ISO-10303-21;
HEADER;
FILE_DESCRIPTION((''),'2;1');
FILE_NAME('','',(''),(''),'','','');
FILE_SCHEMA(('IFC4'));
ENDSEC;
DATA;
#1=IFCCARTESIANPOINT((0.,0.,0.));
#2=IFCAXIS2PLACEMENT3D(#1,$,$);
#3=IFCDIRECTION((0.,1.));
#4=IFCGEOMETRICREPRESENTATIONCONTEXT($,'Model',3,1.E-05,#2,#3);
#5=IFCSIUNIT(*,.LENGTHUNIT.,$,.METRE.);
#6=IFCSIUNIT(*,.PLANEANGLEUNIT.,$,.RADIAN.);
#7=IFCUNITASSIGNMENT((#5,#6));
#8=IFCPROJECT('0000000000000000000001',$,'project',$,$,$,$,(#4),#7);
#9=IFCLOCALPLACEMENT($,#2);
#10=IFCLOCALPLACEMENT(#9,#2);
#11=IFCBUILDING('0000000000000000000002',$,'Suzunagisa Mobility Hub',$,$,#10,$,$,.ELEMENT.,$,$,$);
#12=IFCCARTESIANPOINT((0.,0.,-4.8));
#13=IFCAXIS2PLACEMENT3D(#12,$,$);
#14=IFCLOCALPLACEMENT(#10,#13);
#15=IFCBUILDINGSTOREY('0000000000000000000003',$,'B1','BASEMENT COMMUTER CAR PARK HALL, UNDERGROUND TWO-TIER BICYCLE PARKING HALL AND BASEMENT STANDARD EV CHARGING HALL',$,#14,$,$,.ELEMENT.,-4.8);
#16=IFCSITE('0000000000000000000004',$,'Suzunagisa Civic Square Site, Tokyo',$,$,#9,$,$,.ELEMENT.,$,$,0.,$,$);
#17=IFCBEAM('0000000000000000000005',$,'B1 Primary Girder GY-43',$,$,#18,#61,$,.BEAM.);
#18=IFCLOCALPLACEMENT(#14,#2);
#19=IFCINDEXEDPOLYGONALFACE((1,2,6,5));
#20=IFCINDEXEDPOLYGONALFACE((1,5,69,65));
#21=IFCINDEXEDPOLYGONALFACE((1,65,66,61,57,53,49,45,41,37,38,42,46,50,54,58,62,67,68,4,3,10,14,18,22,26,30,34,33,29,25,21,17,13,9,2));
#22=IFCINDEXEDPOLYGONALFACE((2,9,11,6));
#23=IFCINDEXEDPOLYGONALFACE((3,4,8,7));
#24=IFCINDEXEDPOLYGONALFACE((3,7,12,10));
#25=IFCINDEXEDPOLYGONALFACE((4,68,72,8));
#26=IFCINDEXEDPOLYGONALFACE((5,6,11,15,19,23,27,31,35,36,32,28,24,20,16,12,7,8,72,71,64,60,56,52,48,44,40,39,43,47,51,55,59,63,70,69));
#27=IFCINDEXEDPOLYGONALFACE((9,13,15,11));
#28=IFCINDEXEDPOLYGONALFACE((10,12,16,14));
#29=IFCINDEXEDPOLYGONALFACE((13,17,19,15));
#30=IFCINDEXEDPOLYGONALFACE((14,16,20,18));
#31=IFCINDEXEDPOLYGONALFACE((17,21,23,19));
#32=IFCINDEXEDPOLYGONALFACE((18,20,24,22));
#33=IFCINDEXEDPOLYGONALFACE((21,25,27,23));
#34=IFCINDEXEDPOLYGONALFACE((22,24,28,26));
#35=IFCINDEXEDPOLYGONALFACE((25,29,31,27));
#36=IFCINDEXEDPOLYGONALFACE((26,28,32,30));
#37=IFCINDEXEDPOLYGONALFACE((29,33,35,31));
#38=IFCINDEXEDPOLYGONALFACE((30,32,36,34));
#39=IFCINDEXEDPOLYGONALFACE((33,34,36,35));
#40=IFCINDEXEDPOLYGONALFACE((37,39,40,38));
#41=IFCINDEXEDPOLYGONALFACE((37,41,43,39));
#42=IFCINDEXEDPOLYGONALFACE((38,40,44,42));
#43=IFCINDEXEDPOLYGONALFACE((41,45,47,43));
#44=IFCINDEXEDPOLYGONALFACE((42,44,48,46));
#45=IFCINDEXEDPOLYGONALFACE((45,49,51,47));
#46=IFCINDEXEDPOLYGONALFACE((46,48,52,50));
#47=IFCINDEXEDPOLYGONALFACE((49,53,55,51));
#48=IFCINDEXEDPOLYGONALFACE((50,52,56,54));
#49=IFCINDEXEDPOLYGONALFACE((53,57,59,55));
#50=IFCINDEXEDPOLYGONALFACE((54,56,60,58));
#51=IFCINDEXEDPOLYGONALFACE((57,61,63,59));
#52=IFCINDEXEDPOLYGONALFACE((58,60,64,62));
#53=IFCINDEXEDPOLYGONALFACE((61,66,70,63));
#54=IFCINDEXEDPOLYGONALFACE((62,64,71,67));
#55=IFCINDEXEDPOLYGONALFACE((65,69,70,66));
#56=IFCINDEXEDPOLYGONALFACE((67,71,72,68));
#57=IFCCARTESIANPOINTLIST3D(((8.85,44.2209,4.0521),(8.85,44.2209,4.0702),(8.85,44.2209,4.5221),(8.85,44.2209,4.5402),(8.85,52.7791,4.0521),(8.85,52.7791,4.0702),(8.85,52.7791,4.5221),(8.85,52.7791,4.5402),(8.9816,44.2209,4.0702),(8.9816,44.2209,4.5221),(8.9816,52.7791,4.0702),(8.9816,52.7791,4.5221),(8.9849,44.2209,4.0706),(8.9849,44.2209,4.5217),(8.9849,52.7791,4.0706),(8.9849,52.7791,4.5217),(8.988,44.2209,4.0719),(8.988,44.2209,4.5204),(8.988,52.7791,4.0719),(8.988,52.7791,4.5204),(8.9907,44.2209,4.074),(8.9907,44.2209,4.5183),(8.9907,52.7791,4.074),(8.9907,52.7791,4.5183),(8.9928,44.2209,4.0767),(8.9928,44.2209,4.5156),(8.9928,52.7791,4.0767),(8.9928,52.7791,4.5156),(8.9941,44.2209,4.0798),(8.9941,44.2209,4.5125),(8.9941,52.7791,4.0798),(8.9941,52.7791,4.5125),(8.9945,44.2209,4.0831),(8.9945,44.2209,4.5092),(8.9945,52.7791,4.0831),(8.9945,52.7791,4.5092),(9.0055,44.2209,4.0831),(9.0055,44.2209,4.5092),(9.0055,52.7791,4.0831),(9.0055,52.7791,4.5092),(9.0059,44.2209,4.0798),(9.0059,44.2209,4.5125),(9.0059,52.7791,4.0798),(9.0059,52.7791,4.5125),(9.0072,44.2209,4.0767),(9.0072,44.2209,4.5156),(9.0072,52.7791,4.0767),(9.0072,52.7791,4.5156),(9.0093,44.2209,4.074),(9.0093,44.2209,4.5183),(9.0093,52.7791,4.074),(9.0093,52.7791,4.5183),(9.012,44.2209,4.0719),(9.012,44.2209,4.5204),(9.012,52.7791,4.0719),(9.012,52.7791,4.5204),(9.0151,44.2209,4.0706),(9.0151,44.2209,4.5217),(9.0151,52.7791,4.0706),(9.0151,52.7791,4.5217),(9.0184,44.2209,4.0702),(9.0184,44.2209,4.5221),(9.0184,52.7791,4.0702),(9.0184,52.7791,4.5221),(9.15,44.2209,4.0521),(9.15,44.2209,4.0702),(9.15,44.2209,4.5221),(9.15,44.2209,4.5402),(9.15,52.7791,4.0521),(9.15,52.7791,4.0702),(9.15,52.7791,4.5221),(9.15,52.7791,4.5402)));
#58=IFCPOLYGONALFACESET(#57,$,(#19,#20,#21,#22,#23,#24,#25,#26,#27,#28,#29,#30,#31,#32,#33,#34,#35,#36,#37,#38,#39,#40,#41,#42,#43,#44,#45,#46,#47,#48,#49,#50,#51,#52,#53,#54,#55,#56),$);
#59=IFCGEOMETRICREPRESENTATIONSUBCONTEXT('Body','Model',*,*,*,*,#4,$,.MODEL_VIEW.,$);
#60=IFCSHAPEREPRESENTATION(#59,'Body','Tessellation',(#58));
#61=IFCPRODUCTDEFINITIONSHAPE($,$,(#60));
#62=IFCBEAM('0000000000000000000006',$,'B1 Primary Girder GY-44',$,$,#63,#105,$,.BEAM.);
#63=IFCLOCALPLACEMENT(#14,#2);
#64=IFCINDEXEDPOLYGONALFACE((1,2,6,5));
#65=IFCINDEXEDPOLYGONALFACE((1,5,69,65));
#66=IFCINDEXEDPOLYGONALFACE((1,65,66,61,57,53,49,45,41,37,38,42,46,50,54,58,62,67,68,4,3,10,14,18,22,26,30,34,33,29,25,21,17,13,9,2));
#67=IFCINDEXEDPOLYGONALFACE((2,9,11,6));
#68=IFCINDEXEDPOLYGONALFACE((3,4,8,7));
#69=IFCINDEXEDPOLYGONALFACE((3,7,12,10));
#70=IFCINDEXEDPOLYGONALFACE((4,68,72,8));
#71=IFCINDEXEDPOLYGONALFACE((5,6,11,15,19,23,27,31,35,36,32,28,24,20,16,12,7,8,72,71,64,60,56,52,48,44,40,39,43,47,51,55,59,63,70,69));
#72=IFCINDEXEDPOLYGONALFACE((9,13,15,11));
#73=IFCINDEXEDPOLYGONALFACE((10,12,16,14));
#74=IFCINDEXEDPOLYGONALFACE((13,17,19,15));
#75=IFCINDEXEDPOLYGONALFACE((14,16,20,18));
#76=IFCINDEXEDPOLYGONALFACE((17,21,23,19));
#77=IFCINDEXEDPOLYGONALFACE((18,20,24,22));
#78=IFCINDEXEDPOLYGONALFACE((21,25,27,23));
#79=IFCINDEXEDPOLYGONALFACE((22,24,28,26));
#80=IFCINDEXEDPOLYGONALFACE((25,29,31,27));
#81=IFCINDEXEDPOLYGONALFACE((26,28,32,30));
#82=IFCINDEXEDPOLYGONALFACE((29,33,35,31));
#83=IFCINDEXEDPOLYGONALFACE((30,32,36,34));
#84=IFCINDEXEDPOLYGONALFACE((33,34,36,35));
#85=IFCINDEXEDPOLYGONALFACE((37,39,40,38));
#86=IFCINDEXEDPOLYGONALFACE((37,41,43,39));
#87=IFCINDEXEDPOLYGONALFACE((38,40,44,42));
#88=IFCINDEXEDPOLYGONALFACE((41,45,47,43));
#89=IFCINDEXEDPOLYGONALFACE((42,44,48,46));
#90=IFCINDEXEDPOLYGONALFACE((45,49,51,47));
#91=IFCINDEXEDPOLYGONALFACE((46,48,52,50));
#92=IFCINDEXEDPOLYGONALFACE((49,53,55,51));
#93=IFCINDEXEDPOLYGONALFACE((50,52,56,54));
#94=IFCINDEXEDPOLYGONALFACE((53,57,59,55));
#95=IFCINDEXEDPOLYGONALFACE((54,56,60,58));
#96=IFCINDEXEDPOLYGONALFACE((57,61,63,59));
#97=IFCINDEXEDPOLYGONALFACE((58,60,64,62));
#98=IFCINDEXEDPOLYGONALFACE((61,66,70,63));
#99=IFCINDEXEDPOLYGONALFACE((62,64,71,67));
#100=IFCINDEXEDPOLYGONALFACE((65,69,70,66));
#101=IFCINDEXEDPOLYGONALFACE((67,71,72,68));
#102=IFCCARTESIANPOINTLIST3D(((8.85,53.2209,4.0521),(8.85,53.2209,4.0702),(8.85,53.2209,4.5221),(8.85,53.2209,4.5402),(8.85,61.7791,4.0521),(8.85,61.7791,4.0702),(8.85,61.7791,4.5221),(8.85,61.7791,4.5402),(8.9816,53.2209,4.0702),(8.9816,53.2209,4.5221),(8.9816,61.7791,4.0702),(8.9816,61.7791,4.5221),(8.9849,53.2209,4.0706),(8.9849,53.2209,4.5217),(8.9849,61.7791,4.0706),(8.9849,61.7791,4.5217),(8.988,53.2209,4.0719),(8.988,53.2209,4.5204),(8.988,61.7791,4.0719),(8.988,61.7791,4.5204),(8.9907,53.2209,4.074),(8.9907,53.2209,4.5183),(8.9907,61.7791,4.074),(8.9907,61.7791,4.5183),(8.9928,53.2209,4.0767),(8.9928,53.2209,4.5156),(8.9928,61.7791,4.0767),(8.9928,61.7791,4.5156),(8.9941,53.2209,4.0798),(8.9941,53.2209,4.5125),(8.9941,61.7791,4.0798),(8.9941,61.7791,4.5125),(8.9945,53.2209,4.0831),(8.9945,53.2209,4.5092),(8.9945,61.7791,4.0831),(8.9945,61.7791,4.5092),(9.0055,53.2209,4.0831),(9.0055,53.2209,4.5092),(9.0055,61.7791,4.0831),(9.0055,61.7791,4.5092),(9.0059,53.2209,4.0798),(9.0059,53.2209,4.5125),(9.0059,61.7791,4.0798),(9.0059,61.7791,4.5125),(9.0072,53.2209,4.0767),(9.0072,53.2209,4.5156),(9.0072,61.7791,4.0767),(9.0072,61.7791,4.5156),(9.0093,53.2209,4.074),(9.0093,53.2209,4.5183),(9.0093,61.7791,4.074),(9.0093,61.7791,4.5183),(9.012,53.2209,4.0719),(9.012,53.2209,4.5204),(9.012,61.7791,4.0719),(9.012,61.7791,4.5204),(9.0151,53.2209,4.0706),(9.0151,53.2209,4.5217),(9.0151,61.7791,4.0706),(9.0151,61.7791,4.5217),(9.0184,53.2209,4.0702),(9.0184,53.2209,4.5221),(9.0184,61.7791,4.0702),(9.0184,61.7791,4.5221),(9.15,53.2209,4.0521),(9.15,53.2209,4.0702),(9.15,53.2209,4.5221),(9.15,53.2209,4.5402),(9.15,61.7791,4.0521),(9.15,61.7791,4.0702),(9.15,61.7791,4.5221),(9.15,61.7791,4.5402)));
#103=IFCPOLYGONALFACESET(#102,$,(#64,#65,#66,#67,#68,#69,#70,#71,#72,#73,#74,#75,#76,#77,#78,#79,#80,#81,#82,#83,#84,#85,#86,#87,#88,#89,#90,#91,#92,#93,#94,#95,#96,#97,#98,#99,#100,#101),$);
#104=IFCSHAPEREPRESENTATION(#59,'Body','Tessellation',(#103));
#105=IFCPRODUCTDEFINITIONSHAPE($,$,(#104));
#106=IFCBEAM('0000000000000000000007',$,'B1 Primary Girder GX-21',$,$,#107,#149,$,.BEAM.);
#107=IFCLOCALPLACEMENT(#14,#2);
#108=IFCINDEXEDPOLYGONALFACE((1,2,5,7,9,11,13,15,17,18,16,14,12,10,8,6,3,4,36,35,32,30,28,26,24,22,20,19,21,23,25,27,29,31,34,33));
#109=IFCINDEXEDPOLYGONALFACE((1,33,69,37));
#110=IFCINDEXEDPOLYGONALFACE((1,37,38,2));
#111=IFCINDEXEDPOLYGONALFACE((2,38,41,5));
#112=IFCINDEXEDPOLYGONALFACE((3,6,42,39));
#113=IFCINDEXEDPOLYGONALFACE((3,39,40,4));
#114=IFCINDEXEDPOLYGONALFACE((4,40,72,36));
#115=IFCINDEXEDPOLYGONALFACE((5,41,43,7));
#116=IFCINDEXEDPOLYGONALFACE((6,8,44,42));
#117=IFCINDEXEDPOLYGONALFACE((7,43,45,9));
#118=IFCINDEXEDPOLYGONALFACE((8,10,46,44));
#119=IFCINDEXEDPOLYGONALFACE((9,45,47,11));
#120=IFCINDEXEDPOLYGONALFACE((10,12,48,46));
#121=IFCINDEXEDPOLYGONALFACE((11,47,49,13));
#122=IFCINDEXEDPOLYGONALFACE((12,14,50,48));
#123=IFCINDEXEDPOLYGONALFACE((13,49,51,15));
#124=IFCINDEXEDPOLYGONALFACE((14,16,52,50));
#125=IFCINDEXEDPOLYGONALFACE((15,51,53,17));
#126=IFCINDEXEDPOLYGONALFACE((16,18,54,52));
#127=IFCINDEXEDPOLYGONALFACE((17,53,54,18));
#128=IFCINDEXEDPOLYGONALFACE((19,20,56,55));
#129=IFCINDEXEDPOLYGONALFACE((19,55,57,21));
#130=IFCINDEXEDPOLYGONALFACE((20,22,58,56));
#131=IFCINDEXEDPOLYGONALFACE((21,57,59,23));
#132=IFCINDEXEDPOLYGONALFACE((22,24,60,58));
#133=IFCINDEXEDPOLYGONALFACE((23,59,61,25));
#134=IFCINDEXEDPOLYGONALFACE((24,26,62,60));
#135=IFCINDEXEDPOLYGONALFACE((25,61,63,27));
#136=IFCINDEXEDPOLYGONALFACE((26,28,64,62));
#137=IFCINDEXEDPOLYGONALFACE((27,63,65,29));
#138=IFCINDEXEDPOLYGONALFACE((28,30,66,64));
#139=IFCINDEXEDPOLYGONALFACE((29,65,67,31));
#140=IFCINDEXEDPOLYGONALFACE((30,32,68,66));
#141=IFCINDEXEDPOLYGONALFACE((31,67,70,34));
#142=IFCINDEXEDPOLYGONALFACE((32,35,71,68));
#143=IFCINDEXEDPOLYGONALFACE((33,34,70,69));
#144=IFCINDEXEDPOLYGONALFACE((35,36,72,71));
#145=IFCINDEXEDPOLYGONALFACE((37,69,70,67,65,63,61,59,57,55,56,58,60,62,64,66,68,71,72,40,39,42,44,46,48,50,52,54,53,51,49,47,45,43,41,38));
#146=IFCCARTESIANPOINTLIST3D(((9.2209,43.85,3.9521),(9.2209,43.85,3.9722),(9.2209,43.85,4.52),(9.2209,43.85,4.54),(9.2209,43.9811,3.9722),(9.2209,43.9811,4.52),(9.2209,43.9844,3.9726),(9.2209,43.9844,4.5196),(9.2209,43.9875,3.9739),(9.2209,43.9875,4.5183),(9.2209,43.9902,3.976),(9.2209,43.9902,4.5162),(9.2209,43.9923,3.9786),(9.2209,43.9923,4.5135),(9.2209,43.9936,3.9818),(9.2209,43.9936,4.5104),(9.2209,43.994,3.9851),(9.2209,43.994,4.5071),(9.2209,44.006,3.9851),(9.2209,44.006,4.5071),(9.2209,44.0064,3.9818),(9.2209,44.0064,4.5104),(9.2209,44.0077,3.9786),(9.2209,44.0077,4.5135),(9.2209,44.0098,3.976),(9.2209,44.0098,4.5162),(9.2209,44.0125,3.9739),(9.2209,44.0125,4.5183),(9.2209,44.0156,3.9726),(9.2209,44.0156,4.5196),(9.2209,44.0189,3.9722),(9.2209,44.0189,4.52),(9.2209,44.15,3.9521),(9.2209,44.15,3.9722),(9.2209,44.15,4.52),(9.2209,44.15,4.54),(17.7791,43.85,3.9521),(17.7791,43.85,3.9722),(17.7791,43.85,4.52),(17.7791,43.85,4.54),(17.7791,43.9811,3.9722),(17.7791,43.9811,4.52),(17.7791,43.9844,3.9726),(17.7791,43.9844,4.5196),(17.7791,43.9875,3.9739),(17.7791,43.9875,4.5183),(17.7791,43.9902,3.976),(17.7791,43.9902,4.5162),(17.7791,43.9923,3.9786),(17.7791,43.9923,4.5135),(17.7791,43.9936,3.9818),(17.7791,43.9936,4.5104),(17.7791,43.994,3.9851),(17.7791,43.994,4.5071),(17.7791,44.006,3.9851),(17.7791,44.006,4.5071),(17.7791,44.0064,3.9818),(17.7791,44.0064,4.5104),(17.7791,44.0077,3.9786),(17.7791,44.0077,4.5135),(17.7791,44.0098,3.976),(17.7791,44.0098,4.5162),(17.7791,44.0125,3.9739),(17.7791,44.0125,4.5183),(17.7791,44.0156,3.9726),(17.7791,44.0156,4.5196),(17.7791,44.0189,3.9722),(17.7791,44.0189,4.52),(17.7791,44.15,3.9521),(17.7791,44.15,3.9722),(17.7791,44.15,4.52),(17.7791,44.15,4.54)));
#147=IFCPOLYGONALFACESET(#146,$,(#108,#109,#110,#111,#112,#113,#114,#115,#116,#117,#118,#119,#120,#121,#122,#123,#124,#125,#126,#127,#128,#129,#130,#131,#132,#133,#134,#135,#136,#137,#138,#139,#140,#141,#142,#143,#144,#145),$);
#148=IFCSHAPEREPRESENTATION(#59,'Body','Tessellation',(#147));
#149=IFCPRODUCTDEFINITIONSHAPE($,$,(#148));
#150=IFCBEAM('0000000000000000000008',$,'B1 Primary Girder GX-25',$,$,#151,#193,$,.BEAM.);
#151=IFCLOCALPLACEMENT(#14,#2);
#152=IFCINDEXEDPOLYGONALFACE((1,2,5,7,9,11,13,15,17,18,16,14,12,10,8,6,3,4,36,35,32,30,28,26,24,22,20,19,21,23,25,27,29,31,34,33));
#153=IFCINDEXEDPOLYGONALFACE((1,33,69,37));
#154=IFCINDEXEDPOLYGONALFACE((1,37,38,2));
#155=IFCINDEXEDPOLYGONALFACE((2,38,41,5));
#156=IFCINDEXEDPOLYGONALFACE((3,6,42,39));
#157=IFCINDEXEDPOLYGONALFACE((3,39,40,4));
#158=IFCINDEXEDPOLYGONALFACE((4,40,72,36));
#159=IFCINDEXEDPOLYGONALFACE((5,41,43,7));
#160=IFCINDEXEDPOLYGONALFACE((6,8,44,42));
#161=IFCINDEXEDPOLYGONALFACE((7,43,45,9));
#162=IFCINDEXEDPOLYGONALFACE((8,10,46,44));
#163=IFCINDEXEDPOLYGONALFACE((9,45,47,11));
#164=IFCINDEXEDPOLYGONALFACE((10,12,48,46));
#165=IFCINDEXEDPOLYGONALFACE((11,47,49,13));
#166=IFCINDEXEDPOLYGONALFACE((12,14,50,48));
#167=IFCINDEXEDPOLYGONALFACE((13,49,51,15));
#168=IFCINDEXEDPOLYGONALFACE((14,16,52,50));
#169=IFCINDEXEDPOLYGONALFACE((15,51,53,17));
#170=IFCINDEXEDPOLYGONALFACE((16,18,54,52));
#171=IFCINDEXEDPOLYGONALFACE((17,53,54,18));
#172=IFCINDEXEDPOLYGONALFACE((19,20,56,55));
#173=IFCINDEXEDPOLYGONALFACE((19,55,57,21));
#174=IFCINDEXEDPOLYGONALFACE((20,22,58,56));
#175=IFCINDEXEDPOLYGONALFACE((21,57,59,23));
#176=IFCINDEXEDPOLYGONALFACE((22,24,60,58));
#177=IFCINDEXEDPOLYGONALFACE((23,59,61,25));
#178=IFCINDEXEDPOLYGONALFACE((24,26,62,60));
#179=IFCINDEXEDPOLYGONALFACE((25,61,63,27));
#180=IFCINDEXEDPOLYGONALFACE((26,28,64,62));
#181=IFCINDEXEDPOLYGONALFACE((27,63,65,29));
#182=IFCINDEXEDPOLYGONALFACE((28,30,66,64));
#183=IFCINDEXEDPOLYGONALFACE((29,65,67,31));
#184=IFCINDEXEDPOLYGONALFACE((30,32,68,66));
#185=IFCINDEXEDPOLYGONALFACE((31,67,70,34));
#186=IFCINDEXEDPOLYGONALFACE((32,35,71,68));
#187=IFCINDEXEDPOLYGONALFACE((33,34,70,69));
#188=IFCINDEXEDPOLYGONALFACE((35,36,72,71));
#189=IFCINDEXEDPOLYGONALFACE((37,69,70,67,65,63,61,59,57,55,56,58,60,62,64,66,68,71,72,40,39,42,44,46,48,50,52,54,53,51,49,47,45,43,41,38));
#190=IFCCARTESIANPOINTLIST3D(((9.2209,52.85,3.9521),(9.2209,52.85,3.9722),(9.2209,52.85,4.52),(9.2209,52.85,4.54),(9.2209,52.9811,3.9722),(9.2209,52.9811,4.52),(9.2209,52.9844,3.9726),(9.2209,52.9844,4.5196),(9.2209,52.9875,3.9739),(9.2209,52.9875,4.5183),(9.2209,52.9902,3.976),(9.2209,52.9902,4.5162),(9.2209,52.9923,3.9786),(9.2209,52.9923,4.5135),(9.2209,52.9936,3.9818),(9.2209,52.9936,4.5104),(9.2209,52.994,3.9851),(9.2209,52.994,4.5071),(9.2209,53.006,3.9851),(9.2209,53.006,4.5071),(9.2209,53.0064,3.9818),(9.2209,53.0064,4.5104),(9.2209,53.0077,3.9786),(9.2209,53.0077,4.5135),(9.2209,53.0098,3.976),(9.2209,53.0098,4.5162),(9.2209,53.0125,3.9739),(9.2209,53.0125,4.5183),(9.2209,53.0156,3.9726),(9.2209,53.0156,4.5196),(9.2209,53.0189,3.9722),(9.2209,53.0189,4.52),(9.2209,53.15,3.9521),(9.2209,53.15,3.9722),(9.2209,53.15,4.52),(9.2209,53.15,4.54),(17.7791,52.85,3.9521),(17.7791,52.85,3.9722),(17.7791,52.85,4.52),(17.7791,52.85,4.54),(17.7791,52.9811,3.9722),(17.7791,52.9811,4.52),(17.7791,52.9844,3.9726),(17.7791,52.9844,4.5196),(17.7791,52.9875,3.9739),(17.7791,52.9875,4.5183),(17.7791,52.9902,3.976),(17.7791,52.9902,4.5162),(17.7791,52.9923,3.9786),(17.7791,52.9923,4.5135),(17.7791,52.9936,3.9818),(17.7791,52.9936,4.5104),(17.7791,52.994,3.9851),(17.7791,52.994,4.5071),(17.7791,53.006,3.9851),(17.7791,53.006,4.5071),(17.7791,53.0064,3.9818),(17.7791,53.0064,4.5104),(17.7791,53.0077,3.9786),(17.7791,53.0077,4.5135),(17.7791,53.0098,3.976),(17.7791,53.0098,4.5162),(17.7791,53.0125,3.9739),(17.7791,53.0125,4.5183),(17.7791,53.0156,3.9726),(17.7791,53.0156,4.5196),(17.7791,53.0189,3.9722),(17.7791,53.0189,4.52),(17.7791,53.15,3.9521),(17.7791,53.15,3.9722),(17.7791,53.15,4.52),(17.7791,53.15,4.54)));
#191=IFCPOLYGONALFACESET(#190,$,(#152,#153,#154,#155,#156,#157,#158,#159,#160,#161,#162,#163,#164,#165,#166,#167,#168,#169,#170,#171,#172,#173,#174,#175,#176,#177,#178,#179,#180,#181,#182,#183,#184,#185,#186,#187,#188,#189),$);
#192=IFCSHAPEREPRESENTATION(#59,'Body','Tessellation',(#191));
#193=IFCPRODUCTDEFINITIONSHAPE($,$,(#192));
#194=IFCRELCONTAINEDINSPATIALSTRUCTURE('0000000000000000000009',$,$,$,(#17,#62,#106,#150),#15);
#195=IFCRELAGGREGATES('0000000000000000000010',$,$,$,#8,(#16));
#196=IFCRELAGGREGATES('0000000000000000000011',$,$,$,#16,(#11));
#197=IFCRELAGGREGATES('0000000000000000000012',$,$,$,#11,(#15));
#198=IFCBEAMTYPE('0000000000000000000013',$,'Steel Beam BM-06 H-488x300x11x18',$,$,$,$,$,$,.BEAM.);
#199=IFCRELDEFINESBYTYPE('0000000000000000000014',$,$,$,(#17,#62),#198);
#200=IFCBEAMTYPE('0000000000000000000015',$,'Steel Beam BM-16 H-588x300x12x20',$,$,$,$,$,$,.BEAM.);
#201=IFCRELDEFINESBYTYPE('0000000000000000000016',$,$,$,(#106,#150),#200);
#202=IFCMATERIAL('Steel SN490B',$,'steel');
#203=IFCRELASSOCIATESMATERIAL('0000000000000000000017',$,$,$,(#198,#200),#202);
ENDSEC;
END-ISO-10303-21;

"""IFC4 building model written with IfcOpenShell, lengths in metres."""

from ifc_helpers import new_model, si_unit, direction, frame, origin, origin_2d, place, context, subcontext, project, spatial, i_section, extrude, material, material_profile, profile_set, type_object, element, save


model = new_model("IFC4")

# Units and contexts
model_context = context("Model", 3, precision=1e-05, world=origin(), true_north=direction((0.0, 1.0)))
body_context = subcontext(model_context, "Body", "Model", "MODEL_VIEW")
ifc_project = project(units=[si_unit("LENGTHUNIT", "METRE"), si_unit("PLANEANGLEUNIT", "RADIAN")], contexts=[model_context])

# Site, building, storey
site_placement = place(None, origin())
site = spatial("IfcSite", under=ifc_project, at=site_placement, Name="Suzunagisa Civic Square Site, Tokyo", CompositionType="ELEMENT", RefElevation=0.0)
building_placement = place(site_placement, origin())
building = spatial("IfcBuilding", under=site, at=building_placement, Name="Suzunagisa Mobility Hub", CompositionType="ELEMENT")
storey_placement = place(building_placement, frame((0.0, 0.0, -4.8)))
storey = spatial("IfcBuildingStorey", under=building, at=storey_placement, Name="B1", Description="BASEMENT COMMUTER CAR PARK HALL, UNDERGROUND TWO-TIER BICYCLE PARKING HALL AND BASEMENT STANDARD EV CHARGING HALL", CompositionType="ELEMENT", Elevation=-4.8)

# Shared definitions
ifc_material_1 = material(Name="Steel SN490B", Category="steel")

# Beams
ifc_material_profile_1 = material_profile(ifc_material_1, i_section(OverallWidth=0.3, OverallDepth=0.488, WebThickness=0.011, FlangeThickness=0.0181, FilletRadius=0.0129, at=origin_2d()), Name="H-488x300x11x18")
ifc_profile_set_1 = profile_set([ifc_material_profile_1], Name="Steel SN490B")
beam_type_1 = type_object("IfcBeamType", Name="Steel Beam BM-06 H-488x300x11x18", PredefinedType="BEAM", material=ifc_profile_set_1)
for number, where, z_axis, x_axis, name in (
    (1, (9.0, 44.2209, 4.2961), (0.0, 1.0, 0.0), (-1.0, 0.0, 0.0), "B1 Primary Girder GY-43"),
    (2, (9.0, 53.2209, 4.2961), (0.0, 1.0, 0.0), (-1.0, 0.0, 0.0), "B1 Primary Girder GY-44"),
):
    element("IfcBeam", number, at=place(storey_placement, frame(where, z_axis=z_axis, x_axis=x_axis)), inside=storey, type_object=beam_type_1, Name=name, PredefinedType="BEAM", context=body_context, shape_type="SweptSolid", body=[
        extrude(i_section(OverallWidth=0.3, OverallDepth=0.488, WebThickness=0.011, FlangeThickness=0.0181, FilletRadius=0.0129, at=origin_2d()), origin(), (0.0, 0.0, 1.0), 8.5581),
    ])
ifc_material_profile_2 = material_profile(ifc_material_1, i_section(OverallWidth=0.3, OverallDepth=0.5879, WebThickness=0.012, FlangeThickness=0.02, FilletRadius=0.0129, at=origin_2d()), Name="H-588x300x12x20")
ifc_profile_set_2 = profile_set([ifc_material_profile_2], Name="Steel SN490B")
beam_type_2 = type_object("IfcBeamType", Name="Steel Beam BM-16 H-588x300x12x20", PredefinedType="BEAM", material=ifc_profile_set_2)
for number, where, z_axis, x_axis, name in (
    (3, (9.2209, 44.0, 4.2461), (1.0, 0.0, 0.0), (0.0, 1.0, 0.0), "B1 Primary Girder GX-21"),
    (4, (9.2209, 53.0, 4.2461), (1.0, 0.0, 0.0), (0.0, 1.0, 0.0), "B1 Primary Girder GX-25"),
):
    element("IfcBeam", number, at=place(storey_placement, frame(where, z_axis=z_axis, x_axis=x_axis)), inside=storey, type_object=beam_type_2, Name=name, PredefinedType="BEAM", context=body_context, shape_type="SweptSolid", body=[
        extrude(i_section(OverallWidth=0.3, OverallDepth=0.5879, WebThickness=0.012, FlangeThickness=0.02, FilletRadius=0.0129, at=origin_2d()), origin(), (0.0, 0.0, 1.0), 8.5581),
    ])

save(model, "model.ifc")
